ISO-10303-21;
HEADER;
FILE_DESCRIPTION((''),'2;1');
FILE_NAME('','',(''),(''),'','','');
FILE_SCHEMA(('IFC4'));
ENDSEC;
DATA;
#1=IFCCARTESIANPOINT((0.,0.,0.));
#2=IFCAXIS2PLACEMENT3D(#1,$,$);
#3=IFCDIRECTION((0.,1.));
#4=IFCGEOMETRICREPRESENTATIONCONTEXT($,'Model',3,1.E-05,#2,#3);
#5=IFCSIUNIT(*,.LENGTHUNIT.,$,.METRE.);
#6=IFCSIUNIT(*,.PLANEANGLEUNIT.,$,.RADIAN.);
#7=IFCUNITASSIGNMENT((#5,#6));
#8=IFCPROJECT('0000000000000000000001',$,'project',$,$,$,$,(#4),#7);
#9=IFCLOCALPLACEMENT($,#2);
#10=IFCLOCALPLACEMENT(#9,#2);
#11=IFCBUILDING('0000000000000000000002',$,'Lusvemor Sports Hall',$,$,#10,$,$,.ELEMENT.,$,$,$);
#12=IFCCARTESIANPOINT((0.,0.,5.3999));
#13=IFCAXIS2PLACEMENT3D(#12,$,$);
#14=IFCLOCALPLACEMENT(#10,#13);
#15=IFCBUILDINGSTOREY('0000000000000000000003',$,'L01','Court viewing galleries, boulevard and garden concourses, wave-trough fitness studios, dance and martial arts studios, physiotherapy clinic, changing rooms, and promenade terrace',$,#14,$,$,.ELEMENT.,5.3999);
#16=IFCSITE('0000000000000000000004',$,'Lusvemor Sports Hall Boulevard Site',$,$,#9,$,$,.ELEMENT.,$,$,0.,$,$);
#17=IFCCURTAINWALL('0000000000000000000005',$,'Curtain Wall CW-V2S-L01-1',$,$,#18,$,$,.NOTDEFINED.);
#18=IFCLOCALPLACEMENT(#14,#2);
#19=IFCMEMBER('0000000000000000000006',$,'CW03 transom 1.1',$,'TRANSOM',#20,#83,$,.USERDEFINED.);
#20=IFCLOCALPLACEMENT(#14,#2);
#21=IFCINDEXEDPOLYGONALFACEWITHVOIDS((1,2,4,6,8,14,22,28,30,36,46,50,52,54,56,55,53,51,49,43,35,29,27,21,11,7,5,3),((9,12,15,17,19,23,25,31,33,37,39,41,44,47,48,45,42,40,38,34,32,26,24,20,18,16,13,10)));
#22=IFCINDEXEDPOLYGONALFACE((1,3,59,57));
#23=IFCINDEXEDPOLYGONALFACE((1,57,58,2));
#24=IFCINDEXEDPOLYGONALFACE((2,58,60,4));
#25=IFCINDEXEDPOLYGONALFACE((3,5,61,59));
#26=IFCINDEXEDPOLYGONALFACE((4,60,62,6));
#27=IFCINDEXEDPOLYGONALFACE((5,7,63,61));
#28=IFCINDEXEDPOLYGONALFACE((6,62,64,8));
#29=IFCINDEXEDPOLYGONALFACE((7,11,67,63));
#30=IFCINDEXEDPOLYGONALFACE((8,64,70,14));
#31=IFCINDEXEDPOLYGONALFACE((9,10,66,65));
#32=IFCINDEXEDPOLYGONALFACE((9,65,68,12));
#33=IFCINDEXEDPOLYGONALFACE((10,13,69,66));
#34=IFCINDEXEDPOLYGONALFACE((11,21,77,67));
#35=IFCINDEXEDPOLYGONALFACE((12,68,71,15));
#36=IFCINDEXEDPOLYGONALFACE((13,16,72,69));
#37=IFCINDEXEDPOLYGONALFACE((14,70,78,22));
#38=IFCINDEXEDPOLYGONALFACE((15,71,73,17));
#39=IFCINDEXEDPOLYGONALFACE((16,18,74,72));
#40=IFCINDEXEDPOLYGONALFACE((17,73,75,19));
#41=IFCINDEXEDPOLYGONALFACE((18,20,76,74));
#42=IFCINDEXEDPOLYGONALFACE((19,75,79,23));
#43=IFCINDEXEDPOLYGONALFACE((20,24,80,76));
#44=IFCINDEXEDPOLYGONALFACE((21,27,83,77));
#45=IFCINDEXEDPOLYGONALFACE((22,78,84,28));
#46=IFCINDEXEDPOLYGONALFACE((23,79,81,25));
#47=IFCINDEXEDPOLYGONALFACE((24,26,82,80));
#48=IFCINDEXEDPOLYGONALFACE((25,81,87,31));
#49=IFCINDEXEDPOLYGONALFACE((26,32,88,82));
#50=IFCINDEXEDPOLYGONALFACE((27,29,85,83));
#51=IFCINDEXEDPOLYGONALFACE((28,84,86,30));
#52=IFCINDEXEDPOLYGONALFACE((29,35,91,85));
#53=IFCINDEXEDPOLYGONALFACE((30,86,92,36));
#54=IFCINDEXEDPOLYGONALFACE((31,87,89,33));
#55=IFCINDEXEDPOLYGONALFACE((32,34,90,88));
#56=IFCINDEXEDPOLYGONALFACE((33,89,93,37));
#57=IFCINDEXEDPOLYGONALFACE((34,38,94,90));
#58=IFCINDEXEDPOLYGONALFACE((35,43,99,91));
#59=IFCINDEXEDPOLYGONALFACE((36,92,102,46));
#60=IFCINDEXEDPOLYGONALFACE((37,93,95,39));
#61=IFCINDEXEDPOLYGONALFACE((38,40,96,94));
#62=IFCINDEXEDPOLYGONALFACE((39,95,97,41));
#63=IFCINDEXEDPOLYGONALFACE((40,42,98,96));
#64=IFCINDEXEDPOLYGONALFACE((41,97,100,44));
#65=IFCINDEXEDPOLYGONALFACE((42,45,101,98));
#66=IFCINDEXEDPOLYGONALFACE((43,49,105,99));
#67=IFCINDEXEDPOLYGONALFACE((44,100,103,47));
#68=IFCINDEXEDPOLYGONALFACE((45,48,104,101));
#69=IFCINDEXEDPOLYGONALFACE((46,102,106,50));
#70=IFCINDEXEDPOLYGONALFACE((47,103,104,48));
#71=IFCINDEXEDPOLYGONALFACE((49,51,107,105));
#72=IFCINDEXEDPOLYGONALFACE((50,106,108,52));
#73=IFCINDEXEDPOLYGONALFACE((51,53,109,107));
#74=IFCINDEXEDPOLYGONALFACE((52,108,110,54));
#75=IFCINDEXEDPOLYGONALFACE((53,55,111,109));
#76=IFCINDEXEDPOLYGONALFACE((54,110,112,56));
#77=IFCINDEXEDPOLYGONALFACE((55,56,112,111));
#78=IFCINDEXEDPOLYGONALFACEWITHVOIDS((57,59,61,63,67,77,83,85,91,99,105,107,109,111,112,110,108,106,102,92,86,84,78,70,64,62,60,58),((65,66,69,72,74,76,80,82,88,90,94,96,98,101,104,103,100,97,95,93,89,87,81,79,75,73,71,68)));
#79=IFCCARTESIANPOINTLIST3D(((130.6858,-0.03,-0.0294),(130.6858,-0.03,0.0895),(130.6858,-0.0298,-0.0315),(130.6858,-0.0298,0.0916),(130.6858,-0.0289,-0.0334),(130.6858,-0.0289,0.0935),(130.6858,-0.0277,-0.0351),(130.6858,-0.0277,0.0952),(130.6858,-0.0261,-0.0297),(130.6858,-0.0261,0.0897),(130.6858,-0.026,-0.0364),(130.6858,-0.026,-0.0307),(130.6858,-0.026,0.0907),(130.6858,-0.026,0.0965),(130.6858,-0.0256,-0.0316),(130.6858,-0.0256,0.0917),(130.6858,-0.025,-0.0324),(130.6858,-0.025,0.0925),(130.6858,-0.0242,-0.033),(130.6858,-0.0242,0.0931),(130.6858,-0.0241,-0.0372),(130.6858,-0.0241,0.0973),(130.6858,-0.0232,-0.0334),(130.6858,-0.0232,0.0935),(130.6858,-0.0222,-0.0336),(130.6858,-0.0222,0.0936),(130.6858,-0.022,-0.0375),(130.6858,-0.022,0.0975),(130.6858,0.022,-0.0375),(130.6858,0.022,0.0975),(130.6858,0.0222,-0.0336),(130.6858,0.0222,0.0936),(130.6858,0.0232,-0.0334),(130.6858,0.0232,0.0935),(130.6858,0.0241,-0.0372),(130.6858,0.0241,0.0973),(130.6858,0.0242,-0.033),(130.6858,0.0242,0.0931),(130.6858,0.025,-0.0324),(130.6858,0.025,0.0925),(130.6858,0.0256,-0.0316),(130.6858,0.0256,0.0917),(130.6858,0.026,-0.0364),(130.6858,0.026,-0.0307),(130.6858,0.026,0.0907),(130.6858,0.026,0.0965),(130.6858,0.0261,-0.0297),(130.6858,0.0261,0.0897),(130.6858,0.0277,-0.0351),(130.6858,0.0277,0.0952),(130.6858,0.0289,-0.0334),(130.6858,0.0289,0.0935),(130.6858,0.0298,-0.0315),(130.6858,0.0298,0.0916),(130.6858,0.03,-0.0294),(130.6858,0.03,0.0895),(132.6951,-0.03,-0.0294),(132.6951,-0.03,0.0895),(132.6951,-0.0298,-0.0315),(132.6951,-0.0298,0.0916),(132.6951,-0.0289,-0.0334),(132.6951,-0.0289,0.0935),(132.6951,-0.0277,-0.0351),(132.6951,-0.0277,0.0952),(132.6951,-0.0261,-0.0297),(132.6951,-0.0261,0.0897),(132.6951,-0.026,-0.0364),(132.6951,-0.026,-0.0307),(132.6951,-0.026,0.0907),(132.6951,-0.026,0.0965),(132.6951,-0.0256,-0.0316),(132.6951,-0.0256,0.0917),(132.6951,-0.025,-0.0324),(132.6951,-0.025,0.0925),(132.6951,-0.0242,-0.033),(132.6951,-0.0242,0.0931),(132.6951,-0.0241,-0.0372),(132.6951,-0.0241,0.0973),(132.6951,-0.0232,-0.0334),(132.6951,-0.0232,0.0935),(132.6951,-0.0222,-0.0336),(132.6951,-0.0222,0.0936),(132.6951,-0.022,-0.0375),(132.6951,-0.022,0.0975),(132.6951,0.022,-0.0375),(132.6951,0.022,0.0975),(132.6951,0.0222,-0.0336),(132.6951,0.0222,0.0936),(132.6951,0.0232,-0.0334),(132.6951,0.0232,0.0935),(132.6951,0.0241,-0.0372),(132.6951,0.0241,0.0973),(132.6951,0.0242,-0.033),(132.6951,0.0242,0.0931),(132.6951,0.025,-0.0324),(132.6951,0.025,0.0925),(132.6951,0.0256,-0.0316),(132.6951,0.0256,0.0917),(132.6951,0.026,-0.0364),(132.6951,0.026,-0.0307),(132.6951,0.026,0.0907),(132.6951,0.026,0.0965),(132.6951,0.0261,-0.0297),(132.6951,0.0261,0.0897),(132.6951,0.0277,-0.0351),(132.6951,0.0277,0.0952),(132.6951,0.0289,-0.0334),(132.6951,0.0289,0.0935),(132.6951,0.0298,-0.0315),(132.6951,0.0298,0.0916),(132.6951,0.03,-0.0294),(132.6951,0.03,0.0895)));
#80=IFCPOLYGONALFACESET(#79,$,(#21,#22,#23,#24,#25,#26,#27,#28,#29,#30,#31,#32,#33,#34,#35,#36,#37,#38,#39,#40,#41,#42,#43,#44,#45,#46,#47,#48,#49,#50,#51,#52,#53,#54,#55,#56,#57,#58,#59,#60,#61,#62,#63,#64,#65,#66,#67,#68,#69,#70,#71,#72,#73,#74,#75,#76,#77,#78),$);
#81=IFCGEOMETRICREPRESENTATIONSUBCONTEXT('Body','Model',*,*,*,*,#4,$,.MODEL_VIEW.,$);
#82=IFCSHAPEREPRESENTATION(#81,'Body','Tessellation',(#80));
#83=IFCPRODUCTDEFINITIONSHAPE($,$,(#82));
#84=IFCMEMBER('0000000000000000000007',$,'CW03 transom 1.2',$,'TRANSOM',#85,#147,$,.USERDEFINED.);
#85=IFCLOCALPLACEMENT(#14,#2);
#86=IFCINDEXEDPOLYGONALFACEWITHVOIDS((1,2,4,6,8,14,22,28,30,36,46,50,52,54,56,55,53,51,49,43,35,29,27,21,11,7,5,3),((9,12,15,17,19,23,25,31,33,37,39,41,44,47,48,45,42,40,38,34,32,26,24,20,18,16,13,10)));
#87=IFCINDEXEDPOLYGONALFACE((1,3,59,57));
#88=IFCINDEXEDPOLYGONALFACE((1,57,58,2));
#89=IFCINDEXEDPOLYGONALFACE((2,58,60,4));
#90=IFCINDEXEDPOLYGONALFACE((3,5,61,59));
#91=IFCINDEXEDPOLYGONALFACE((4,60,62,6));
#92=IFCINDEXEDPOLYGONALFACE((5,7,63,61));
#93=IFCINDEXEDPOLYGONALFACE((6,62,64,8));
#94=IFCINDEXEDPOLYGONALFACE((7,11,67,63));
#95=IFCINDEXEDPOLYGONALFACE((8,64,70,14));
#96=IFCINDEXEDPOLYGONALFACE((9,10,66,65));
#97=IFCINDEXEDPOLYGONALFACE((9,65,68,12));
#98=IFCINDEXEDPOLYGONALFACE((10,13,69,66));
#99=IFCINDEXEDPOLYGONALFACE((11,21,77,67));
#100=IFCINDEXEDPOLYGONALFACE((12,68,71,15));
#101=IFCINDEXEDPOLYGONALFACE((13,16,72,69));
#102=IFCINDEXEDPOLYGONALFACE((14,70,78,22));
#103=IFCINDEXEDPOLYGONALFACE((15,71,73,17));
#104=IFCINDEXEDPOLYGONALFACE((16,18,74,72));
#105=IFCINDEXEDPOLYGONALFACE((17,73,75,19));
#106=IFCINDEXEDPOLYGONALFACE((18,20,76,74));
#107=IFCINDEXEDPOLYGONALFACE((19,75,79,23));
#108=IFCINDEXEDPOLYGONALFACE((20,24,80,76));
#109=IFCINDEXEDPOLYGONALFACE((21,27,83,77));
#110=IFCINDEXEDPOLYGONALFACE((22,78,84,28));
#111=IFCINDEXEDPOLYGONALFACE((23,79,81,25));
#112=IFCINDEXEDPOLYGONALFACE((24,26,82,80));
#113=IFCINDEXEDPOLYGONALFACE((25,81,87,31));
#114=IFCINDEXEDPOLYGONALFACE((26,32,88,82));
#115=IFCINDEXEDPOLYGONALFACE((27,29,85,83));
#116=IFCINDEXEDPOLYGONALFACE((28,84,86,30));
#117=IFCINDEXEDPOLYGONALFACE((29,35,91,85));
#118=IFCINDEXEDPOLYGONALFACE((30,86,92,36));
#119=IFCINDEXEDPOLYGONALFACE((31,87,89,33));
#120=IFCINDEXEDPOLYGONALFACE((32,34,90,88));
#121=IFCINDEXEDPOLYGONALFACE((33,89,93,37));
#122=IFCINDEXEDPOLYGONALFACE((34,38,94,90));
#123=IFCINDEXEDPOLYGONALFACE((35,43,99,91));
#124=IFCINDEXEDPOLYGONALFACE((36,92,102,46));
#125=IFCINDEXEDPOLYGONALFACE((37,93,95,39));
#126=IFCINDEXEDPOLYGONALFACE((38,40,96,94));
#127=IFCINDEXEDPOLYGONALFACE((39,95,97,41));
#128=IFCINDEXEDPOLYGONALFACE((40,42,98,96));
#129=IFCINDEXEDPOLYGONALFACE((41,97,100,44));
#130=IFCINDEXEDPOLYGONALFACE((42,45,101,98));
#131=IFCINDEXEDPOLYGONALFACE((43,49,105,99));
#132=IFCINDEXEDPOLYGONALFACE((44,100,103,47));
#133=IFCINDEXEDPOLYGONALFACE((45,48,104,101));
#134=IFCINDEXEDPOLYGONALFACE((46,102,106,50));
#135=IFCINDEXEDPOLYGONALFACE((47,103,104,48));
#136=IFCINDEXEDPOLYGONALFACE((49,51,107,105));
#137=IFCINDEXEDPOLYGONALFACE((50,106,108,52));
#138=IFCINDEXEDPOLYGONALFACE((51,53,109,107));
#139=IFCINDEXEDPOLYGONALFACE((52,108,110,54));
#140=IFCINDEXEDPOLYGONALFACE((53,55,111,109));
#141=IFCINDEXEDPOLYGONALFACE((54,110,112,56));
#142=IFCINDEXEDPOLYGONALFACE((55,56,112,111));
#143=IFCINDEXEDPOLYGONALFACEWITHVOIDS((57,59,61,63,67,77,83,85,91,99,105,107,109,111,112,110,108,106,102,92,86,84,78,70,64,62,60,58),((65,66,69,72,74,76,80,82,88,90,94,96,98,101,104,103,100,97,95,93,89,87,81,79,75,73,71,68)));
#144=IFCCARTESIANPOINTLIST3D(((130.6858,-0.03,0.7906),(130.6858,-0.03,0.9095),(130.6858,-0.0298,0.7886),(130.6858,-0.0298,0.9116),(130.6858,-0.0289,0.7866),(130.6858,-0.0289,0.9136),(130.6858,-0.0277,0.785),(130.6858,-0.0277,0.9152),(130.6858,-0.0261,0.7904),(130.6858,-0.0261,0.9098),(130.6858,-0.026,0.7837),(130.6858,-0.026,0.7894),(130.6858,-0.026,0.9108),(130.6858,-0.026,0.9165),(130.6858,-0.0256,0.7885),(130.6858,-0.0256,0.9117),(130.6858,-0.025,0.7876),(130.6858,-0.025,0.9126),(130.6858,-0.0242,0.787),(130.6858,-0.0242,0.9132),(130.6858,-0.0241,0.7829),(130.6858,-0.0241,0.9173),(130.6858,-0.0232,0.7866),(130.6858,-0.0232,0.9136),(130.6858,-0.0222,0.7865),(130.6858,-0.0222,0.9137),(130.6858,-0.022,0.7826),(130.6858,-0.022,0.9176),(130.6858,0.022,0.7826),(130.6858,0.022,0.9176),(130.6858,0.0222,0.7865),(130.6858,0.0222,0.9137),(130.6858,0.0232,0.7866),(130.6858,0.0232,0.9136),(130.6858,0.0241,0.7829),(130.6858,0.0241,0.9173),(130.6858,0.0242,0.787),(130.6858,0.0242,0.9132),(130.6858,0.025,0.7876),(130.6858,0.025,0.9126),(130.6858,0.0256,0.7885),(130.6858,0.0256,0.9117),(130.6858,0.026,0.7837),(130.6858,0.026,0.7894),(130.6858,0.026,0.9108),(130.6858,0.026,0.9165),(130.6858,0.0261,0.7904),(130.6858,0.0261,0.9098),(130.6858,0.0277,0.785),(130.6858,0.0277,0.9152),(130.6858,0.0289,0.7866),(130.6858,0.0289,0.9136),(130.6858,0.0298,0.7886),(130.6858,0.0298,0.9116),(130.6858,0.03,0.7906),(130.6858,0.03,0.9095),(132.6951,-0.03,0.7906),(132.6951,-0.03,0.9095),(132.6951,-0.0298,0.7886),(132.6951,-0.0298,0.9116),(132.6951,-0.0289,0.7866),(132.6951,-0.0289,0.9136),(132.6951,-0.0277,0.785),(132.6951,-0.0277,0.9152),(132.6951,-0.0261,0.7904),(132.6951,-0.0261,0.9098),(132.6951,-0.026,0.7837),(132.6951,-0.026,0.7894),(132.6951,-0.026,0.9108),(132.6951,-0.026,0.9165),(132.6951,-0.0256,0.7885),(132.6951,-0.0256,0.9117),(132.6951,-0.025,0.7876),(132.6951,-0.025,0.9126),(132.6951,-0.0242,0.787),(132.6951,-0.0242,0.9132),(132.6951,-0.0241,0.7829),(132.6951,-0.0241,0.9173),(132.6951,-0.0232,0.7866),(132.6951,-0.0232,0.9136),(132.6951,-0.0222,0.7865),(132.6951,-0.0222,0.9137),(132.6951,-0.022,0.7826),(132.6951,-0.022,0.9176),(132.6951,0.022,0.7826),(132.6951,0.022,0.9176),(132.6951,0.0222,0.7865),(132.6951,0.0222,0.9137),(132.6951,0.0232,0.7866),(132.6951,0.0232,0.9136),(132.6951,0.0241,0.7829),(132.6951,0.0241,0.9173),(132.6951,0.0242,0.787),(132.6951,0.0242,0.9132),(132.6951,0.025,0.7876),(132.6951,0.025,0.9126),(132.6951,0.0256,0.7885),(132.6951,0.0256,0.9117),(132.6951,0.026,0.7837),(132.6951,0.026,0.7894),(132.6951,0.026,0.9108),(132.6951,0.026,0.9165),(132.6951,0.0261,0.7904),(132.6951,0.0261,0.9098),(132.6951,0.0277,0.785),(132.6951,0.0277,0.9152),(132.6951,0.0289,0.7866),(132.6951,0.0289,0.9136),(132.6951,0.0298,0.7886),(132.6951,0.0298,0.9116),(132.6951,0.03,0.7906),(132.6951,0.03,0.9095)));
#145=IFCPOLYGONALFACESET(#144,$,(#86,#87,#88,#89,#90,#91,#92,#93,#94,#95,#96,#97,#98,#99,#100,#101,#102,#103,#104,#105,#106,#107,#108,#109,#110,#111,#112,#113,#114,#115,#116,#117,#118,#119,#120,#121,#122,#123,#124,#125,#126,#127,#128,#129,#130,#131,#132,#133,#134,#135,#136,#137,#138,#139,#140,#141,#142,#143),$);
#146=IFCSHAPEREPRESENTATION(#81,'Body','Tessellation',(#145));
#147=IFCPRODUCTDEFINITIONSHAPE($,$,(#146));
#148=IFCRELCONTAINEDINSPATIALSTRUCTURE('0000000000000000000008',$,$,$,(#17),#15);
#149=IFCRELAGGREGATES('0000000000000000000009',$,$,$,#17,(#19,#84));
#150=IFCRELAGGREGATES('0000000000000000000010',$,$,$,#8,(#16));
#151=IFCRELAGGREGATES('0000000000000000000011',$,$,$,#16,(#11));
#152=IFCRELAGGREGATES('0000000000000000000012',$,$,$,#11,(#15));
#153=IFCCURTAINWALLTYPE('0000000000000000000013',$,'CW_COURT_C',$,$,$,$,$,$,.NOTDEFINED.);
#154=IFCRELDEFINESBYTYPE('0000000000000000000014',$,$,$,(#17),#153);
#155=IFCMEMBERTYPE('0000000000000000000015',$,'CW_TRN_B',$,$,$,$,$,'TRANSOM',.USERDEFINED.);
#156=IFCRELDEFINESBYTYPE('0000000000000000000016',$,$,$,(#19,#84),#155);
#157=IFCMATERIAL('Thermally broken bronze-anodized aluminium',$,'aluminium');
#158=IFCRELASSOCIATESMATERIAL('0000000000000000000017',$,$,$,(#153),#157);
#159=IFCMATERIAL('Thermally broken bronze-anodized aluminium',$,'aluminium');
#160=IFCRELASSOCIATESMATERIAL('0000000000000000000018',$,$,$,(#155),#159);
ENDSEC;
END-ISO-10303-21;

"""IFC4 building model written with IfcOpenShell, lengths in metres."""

from ifc_helpers import new_model, si_unit, direction, frame, origin, origin_2d, place, context, subcontext, project, spatial, hollow_rectangle, extrude, material, material_profile, profile_set, type_object, element, aggregate, save


model = new_model("IFC4")

# Units and contexts
model_context = context("Model", 3, precision=1e-05, world=origin(), true_north=direction((0.0, 1.0)))
body_context = subcontext(model_context, "Body", "Model", "MODEL_VIEW")
ifc_project = project(units=[si_unit("LENGTHUNIT", "METRE"), si_unit("PLANEANGLEUNIT", "RADIAN")], contexts=[model_context])

# Site, building, storey
site_placement = place(None, origin())
site = spatial("IfcSite", under=ifc_project, at=site_placement, Name="Lusvemor Sports Hall Boulevard Site", CompositionType="ELEMENT", RefElevation=0.0)
building_placement = place(site_placement, origin())
building = spatial("IfcBuilding", under=site, at=building_placement, Name="Lusvemor Sports Hall", CompositionType="ELEMENT")
storey_placement = place(building_placement, frame((0.0, 0.0, 5.3999)))
storey = spatial("IfcBuildingStorey", under=building, at=storey_placement, Name="L01", Description="Court viewing galleries, boulevard and garden concourses, wave-trough fitness studios, dance and martial arts studios, physiotherapy clinic, changing rooms, and promenade terrace", CompositionType="ELEMENT", Elevation=5.3999)

# Curtain wall, members
ifc_material_1 = material(Name="Thermally broken bronze-anodized aluminium", Category="aluminium")
curtain_wall_type = type_object("IfcCurtainWallType", Name="CW_COURT_C", PredefinedType="NOTDEFINED", material=ifc_material_1)
curtain_wall_placement = place(storey_placement, origin())
curtain_wall = element("IfcCurtainWall", 1, at=curtain_wall_placement, inside=storey, type_object=curtain_wall_type, Name="Curtain Wall CW-V2S-L01-1", PredefinedType="NOTDEFINED")
ifc_material_2 = material(Name="Thermally broken bronze-anodized aluminium", Category="aluminium")
ifc_material_profile_1 = material_profile(ifc_material_2, hollow_rectangle(XDim=0.0601, YDim=0.135, WallThickness=0.0039, InnerFilletRadius=0.0039, OuterFilletRadius=0.0081, at=origin_2d()), Name="CWTRN135x60x4")
ifc_profile_set_1 = profile_set([ifc_material_profile_1], Name="Thermally broken bronze-anodized aluminium")
member_type_1 = type_object("IfcMemberType", Name="CW_TRN_B", ElementType="TRANSOM", PredefinedType="USERDEFINED", material=ifc_profile_set_1)
member_1_placement = place(storey_placement, frame((132.6951, 0.0, 0.03), z_axis=(-1.0, 0.0, 0.0), x_axis=(0.0, -1.0, 0.0)))
member_1 = element("IfcMember", 2, at=member_1_placement, type_object=member_type_1, Name="CW03 transom 1.1", ObjectType="TRANSOM", PredefinedType="USERDEFINED", context=body_context, shape_type="SweptSolid", body=[
    extrude(hollow_rectangle(XDim=0.0601, YDim=0.135, WallThickness=0.0039, InnerFilletRadius=0.0039, OuterFilletRadius=0.0081, at=origin_2d()), origin(), (0.0, 0.0, 1.0), 2.0093),
])
member_2_placement = place(storey_placement, frame((132.6951, 0.0, 0.8501), z_axis=(-1.0, 0.0, 0.0), x_axis=(0.0, -1.0, 0.0)))
member_2 = element("IfcMember", 3, at=member_2_placement, type_object=member_type_1, Name="CW03 transom 1.2", ObjectType="TRANSOM", PredefinedType="USERDEFINED", context=body_context, shape_type="SweptSolid", body=[
    extrude(hollow_rectangle(XDim=0.0601, YDim=0.135, WallThickness=0.0039, InnerFilletRadius=0.0039, OuterFilletRadius=0.0081, at=origin_2d()), origin(), (0.0, 0.0, 1.0), 2.0093),
])

aggregate(curtain_wall, [member_1, member_2])

save(model, "model.ifc")
